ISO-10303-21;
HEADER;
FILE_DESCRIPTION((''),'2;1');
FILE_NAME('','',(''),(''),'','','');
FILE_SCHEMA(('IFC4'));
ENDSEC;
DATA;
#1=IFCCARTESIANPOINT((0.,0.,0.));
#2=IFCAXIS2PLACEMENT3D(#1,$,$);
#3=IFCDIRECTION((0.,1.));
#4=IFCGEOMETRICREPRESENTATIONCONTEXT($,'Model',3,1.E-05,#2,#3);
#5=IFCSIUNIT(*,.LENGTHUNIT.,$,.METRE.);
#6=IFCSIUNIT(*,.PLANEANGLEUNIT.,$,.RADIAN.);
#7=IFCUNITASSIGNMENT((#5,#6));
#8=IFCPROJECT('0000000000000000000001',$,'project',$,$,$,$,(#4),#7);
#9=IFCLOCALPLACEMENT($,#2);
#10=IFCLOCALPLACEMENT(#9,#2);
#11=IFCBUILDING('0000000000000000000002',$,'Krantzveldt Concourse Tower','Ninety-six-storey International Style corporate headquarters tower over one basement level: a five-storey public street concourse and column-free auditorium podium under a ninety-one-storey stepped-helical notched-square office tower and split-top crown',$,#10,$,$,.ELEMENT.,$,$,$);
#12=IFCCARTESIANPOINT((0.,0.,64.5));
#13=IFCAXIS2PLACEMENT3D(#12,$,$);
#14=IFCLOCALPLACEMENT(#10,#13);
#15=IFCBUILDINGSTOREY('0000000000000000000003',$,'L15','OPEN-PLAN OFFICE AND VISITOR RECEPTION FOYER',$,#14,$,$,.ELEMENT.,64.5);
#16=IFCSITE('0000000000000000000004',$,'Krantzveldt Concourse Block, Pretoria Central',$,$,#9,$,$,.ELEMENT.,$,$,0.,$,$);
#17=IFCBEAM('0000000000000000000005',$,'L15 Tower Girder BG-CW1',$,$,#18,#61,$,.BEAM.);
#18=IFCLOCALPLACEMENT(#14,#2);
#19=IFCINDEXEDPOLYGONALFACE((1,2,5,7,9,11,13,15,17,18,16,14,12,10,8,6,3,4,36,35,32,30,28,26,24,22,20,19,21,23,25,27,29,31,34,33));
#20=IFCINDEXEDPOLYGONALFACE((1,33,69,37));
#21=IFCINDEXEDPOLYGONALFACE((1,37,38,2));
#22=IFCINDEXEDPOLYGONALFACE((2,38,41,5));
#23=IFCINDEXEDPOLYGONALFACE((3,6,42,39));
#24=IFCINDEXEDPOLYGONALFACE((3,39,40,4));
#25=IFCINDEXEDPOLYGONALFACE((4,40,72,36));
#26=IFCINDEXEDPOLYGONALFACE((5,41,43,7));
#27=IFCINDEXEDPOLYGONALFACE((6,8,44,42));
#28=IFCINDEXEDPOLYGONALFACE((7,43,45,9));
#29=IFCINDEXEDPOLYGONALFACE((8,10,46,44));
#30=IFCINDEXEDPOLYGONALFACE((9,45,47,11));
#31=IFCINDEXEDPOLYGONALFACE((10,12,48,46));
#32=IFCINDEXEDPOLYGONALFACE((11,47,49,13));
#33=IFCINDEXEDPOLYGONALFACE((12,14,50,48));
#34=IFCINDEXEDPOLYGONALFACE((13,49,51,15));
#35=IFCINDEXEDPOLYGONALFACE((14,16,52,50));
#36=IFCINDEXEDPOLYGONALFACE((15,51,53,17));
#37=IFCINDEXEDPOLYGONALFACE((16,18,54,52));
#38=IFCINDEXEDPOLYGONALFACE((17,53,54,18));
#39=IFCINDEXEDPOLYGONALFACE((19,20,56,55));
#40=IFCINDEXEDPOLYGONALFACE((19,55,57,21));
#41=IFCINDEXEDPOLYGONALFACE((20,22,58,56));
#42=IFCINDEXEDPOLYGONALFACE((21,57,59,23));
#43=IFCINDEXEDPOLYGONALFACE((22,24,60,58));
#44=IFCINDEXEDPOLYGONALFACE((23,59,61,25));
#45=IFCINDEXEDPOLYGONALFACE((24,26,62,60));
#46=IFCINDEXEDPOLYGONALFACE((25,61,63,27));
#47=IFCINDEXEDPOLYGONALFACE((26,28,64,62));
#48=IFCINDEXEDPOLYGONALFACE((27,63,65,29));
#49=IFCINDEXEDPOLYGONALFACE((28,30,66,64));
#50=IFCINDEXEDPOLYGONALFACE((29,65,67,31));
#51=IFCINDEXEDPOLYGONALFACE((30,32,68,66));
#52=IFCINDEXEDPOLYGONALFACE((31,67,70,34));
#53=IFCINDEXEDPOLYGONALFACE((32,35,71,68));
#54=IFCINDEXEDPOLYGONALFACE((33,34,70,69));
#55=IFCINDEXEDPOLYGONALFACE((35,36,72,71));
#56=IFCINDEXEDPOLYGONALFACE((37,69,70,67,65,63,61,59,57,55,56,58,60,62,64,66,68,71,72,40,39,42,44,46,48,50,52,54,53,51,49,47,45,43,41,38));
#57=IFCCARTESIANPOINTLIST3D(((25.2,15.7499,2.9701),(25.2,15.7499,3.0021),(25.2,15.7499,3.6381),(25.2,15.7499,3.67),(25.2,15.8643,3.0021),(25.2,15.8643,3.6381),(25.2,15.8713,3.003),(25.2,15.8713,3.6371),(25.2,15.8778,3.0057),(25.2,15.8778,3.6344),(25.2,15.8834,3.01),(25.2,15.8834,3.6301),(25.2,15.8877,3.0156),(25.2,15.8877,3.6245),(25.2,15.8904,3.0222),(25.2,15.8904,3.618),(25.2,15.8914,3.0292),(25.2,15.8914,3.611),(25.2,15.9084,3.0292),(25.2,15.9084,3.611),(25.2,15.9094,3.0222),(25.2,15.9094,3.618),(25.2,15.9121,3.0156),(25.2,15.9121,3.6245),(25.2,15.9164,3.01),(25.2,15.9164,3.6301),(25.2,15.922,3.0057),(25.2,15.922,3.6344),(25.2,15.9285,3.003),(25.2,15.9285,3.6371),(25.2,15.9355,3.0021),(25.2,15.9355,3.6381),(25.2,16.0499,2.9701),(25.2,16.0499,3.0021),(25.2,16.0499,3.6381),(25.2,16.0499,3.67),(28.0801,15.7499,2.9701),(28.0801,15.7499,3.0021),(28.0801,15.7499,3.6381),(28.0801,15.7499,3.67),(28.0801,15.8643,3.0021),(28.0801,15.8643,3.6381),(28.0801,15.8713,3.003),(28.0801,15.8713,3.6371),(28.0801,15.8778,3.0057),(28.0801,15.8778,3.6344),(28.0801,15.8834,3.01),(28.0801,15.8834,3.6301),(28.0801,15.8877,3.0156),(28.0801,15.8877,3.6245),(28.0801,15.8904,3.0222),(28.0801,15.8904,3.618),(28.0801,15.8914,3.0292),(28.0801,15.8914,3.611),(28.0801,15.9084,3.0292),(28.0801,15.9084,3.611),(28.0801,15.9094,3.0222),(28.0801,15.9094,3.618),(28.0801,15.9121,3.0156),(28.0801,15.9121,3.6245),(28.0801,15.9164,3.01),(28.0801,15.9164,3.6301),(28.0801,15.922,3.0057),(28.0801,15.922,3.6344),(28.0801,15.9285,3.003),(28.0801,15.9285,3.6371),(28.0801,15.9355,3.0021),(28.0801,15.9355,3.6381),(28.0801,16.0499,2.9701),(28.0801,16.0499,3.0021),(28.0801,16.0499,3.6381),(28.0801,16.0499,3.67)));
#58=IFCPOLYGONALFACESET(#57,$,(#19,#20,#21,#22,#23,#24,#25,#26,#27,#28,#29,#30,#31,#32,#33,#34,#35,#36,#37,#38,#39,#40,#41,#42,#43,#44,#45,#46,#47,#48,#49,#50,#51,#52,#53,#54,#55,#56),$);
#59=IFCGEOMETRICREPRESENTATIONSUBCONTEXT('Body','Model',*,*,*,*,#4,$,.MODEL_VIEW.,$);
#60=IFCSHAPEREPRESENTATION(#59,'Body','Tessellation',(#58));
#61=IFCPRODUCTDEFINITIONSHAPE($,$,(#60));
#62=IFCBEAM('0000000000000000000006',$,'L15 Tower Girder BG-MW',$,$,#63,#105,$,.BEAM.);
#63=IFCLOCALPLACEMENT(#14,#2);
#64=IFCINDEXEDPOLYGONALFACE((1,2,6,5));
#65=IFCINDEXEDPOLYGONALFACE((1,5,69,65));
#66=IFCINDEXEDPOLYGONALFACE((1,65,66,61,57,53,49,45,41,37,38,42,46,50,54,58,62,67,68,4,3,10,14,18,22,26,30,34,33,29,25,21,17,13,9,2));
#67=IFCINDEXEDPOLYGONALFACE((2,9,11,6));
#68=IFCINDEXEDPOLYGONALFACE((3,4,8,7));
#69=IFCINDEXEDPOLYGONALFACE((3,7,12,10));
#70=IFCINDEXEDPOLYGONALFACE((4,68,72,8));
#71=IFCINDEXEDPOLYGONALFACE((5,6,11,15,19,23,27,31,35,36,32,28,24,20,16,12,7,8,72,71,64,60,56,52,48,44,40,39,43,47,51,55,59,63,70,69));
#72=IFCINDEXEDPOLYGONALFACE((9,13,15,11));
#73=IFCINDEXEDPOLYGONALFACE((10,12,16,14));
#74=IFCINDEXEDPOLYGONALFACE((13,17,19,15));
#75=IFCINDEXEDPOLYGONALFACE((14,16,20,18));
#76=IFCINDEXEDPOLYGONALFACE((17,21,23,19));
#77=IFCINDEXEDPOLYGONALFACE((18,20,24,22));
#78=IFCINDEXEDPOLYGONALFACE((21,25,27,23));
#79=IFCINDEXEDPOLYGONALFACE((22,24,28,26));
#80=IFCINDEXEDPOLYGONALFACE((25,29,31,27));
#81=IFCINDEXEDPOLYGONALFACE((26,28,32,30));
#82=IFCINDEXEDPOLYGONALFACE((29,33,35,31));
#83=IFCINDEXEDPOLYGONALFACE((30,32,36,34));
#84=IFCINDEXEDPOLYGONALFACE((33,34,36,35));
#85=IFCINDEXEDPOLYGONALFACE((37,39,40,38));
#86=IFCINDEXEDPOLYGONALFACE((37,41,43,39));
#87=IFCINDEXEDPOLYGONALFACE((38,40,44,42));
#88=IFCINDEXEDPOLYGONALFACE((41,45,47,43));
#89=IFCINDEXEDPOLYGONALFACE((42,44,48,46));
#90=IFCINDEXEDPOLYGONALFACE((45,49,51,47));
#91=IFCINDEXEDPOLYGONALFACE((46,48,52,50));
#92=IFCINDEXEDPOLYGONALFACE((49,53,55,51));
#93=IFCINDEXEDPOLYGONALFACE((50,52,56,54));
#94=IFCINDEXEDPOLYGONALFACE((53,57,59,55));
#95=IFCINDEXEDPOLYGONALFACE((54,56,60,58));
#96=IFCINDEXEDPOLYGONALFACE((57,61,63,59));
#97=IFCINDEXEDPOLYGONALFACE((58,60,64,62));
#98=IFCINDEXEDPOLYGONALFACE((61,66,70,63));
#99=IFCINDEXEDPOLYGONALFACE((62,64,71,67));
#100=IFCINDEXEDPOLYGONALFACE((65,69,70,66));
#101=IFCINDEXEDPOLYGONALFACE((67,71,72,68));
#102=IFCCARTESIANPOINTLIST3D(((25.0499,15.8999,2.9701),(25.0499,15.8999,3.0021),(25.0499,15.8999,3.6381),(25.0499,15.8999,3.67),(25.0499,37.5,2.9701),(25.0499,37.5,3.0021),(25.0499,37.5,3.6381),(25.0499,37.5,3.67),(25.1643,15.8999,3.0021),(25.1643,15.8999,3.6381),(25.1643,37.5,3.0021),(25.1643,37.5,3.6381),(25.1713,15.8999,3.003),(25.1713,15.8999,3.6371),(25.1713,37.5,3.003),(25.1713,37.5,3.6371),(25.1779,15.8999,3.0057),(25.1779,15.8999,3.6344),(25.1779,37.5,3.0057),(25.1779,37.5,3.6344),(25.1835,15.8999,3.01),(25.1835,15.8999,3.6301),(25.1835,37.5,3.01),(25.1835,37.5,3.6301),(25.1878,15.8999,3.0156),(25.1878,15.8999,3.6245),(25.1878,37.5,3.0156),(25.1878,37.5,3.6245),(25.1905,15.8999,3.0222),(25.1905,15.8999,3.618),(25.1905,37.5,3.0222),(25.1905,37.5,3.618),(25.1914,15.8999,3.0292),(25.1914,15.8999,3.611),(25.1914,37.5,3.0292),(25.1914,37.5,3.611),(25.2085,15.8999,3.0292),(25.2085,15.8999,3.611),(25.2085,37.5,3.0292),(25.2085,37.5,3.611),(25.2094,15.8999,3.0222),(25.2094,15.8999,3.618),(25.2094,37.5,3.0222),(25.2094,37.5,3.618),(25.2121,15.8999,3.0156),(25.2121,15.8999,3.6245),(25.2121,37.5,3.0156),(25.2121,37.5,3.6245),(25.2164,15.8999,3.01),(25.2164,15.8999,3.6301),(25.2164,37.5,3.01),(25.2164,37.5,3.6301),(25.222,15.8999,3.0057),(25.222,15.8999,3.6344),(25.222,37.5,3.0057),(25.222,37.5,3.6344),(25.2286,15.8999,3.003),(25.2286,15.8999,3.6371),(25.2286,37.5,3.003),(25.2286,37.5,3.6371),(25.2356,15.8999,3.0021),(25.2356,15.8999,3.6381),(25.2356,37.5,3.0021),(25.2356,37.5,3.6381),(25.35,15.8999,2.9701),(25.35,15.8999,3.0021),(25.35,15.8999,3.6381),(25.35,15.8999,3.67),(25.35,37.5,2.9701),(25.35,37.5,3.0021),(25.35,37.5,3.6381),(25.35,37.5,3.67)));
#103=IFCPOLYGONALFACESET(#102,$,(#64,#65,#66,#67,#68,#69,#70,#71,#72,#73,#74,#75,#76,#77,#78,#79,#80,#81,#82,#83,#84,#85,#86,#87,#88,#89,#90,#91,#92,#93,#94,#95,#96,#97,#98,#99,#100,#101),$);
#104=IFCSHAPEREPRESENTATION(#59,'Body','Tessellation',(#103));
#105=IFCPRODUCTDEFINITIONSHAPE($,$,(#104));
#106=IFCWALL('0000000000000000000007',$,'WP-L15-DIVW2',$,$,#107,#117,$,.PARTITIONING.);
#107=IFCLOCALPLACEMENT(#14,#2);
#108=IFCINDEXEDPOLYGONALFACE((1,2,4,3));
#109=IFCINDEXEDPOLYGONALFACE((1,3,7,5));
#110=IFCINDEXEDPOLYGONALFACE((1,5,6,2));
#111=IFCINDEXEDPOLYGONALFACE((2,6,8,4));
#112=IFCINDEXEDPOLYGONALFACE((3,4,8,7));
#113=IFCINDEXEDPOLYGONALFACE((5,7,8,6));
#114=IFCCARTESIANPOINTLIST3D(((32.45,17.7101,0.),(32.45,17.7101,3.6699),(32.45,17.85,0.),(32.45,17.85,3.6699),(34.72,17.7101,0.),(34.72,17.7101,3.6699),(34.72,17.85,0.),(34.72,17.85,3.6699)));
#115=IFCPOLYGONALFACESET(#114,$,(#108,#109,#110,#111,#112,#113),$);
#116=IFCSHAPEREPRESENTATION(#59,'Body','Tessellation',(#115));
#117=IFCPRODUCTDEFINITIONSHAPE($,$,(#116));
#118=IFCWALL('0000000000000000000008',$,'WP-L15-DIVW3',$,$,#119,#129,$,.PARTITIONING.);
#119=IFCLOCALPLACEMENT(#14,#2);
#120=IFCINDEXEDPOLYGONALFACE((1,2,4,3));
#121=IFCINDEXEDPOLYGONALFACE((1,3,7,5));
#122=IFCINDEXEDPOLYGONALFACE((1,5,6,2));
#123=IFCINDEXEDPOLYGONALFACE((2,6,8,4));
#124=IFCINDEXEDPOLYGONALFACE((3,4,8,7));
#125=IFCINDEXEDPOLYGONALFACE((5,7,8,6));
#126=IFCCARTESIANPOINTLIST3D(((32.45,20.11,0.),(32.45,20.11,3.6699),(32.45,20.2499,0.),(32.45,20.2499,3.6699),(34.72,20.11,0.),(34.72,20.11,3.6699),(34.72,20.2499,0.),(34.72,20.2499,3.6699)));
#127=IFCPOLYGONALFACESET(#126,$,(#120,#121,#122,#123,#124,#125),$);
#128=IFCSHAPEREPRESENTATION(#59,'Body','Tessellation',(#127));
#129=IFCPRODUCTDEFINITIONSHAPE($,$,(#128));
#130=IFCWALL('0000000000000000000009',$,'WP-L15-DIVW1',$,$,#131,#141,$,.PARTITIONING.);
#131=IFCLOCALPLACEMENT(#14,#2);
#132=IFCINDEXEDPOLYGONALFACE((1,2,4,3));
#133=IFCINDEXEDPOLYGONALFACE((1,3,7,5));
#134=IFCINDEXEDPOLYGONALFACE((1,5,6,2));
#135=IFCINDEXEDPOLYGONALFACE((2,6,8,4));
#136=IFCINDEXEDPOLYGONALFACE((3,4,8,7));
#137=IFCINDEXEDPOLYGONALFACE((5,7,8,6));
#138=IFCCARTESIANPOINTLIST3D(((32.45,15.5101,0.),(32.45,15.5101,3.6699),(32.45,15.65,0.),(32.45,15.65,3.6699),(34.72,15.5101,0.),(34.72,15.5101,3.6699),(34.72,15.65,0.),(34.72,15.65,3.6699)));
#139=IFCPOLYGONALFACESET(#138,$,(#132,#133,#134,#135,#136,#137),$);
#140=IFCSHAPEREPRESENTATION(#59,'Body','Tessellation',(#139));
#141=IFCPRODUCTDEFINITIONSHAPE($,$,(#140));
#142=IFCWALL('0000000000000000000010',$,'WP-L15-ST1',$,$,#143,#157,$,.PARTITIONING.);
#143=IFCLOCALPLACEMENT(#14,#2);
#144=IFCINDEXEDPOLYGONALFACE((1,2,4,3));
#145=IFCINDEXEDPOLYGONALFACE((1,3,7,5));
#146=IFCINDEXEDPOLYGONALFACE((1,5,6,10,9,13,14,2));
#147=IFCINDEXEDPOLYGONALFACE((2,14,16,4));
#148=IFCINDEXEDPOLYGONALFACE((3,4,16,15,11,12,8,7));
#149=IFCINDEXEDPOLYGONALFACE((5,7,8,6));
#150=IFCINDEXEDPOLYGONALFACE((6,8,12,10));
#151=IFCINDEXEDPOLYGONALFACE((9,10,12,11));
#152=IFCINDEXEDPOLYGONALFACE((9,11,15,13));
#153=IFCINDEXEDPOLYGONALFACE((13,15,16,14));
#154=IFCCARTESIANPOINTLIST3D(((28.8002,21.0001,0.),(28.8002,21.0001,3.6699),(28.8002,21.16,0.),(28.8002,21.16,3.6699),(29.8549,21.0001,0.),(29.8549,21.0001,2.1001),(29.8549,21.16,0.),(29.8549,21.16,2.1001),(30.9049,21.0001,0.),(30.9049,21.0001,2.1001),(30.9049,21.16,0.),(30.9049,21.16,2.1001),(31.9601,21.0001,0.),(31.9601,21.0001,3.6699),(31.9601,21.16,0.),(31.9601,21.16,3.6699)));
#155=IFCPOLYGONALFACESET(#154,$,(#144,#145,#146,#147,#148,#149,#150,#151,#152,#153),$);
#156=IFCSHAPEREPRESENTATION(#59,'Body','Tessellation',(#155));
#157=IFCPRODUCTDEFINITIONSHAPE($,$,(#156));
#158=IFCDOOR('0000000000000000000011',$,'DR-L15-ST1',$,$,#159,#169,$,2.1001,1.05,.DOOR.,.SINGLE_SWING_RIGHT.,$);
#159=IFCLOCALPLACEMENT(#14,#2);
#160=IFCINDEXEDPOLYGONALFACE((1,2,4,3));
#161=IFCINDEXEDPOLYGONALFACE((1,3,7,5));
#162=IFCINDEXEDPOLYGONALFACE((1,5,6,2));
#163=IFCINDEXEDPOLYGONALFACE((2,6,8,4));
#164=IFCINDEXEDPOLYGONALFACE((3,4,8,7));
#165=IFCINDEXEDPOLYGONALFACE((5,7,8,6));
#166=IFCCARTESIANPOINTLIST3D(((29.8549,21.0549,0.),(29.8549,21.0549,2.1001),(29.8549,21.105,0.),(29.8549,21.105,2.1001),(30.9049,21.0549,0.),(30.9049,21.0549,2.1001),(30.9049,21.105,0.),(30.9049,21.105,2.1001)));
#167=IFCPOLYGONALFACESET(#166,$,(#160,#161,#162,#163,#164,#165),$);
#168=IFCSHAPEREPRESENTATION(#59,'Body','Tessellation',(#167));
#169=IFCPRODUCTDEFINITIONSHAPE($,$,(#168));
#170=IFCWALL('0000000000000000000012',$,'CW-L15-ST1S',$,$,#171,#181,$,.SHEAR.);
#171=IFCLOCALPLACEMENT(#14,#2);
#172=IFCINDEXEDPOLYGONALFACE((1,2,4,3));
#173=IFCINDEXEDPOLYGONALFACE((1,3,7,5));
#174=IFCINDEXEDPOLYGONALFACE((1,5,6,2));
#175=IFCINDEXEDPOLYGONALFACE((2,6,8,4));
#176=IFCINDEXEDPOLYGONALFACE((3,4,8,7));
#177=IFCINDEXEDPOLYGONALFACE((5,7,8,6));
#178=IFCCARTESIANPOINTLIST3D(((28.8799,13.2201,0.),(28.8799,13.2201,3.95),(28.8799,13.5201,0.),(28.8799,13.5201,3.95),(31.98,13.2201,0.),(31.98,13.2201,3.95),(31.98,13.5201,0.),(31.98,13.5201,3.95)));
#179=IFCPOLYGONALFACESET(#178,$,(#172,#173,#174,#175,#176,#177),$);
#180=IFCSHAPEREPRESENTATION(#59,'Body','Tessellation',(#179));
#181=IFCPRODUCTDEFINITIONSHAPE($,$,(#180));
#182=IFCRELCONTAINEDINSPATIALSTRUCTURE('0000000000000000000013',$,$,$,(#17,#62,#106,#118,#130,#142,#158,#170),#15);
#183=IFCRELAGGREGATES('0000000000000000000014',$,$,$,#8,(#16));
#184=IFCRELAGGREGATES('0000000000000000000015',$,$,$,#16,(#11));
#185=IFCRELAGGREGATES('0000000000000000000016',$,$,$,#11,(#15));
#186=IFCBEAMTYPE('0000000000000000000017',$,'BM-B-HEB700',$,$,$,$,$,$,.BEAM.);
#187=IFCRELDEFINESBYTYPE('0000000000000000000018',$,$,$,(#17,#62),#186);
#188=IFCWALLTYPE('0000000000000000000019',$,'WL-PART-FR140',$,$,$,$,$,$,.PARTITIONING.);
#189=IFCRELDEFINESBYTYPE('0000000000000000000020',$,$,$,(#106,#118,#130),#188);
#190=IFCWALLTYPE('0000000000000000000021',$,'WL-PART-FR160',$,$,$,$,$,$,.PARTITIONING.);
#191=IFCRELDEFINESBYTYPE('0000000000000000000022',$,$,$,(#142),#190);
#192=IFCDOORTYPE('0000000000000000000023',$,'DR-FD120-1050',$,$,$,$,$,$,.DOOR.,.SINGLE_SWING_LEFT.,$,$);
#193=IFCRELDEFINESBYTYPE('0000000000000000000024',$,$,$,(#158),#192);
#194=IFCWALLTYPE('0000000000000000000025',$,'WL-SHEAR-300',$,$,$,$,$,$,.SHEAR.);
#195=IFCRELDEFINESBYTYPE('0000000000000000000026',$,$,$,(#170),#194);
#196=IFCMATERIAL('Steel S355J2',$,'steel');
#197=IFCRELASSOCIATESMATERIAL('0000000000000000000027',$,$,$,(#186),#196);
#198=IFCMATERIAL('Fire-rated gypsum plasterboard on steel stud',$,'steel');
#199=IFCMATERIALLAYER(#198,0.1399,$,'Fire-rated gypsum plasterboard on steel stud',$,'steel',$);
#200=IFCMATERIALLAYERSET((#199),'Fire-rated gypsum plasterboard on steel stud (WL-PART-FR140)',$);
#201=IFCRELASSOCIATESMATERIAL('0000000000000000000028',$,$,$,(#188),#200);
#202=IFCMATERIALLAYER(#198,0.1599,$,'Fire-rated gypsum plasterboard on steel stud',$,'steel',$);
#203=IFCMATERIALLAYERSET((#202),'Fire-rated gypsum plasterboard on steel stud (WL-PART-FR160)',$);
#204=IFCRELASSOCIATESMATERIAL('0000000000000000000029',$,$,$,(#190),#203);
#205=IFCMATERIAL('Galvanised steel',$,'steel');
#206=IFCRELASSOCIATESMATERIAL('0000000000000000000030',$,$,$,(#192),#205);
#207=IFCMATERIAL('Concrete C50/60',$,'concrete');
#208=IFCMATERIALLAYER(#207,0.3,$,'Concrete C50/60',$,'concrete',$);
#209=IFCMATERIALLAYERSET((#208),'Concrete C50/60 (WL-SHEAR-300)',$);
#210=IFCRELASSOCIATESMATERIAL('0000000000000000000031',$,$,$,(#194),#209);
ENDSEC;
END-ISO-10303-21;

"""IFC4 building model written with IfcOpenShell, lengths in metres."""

from ifc_helpers import new_model, si_unit, direction, frame, frame_2d, origin, origin_2d, place, context, subcontext, project, spatial, rectangle, i_section, extrude, source, transform, mapped, material, layer, layer_set, material_profile, profile_set, type_object, type_shapes, element, fill, save


model = new_model("IFC4")

# Units and contexts
model_context = context("Model", 3, precision=1e-05, world=origin(), true_north=direction((0.0, 1.0)))
body_context = subcontext(model_context, "Body", "Model", "MODEL_VIEW")
ifc_project = project(units=[si_unit("LENGTHUNIT", "METRE"), si_unit("PLANEANGLEUNIT", "RADIAN")], contexts=[model_context])

# Site, building, storey
site_placement = place(None, origin())
site = spatial("IfcSite", under=ifc_project, at=site_placement, Name="Krantzveldt Concourse Block, Pretoria Central", CompositionType="ELEMENT", RefElevation=0.0)
building_placement = place(site_placement, origin())
building = spatial("IfcBuilding", under=site, at=building_placement, Name="Krantzveldt Concourse Tower", Description="Ninety-six-storey International Style corporate headquarters tower over one basement level: a five-storey public street concourse and column-free auditorium podium under a ninety-one-storey stepped-helical notched-square office tower and split-top crown", CompositionType="ELEMENT")
storey_placement = place(building_placement, frame((0.0, 0.0, 64.5)))
storey = spatial("IfcBuildingStorey", under=building, at=storey_placement, Name="L15", Description="OPEN-PLAN OFFICE AND VISITOR RECEPTION FOYER", CompositionType="ELEMENT", Elevation=64.5)

# Beams
ifc_material_1 = material(Name="Steel S355J2", Category="steel")
ifc_material_profile = material_profile(ifc_material_1, i_section(OverallWidth=0.3, OverallDepth=0.7, WebThickness=0.0171, FlangeThickness=0.032, FilletRadius=0.0271, at=origin_2d()), Name="Steel S355J2", Category="steel")
ifc_profile_set = profile_set([ifc_material_profile], Name="Steel S355J2 - HEB 700")
beam_type = type_object("IfcBeamType", Name="BM-B-HEB700", PredefinedType="BEAM", material=ifc_profile_set)
shared_shape_1 = source(origin(), body_context, "Body", "SweptSolid", [
    extrude(i_section(OverallWidth=0.3, OverallDepth=0.7, WebThickness=0.0171, FlangeThickness=0.032, FilletRadius=0.0271, at=origin_2d()), origin(), (0.0, 0.0, 1.0), 2.8801),
])
beam_1_placement = place(storey_placement, frame((25.2, 15.8999, 3.3201), z_axis=(1.0, 0.0, 0.0), x_axis=(0.0, 1.0, 0.0)))
element("IfcBeam", 1, at=beam_1_placement, inside=storey, type_object=beam_type, Name="L15 Tower Girder BG-CW1", PredefinedType="BEAM", context=body_context, shape_type="MappedRepresentation", body=[
    mapped(shared_shape_1, transform((0.0, 0.0, 0.0), x_axis=(1.0, 0.0, 0.0), y_axis=(0.0, 1.0, 0.0), z_axis=(0.0, 0.0, 1.0), scale=1.0)),
])
shared_shape_2 = source(origin(), body_context, "Body", "SweptSolid", [
    extrude(i_section(OverallWidth=0.3, OverallDepth=0.7, WebThickness=0.0171, FlangeThickness=0.032, FilletRadius=0.0271, at=origin_2d()), origin(), (0.0, 0.0, 1.0), 21.6001),
])
type_shapes(beam_type, [shared_shape_1, shared_shape_2])
beam_2_placement = place(storey_placement, frame((25.2, 15.8999, 3.3201), z_axis=(0.0, 1.0, 0.0), x_axis=(-1.0, 0.0, 0.0)))
element("IfcBeam", 2, at=beam_2_placement, inside=storey, type_object=beam_type, Name="L15 Tower Girder BG-MW", PredefinedType="BEAM", context=body_context, shape_type="MappedRepresentation", body=[
    mapped(shared_shape_2, transform((0.0, 0.0, 0.0), x_axis=(1.0, 0.0, 0.0), y_axis=(0.0, 1.0, 0.0), z_axis=(0.0, 0.0, 1.0), scale=1.0)),
])

# Walls
ifc_material_2 = material(Name="Fire-rated gypsum plasterboard on steel stud", Category="steel")
ifc_layer_1 = layer(ifc_material_2, 0.1399, Name="Fire-rated gypsum plasterboard on steel stud", Category="steel")
ifc_layer_set_1 = layer_set([ifc_layer_1], Name="Fire-rated gypsum plasterboard on steel stud (WL-PART-FR140)")
wall_type_1 = type_object("IfcWallType", Name="WL-PART-FR140", PredefinedType="PARTITIONING", material=ifc_layer_set_1)
for number, where, z_axis, x_axis, name in (
    (3, (32.45, 17.78, 0.0), (0.0, 0.0, 1.0), (1.0, 0.0, 0.0), "WP-L15-DIVW2"),
    (4, (32.45, 20.1799, 0.0), (0.0, 0.0, 1.0), (1.0, 0.0, 0.0), "WP-L15-DIVW3"),
    (5, (32.45, 15.5801, 0.0), (0.0, 0.0, 1.0), (1.0, 0.0, 0.0), "WP-L15-DIVW1"),
):
    element("IfcWall", number, at=place(storey_placement, frame(where, z_axis=z_axis, x_axis=x_axis)), inside=storey, type_object=wall_type_1, Name=name, PredefinedType="PARTITIONING", context=body_context, shape_type="SweptSolid", body=[
        extrude(rectangle(XDim=2.27, YDim=0.1399, at=frame_2d((1.135, 0.0))), origin(), (0.0, 0.0, 1.0), 3.6699),
    ])

# Wall, opening, door
ifc_layer_2 = layer(ifc_material_2, 0.1599, Name="Fire-rated gypsum plasterboard on steel stud", Category="steel")
ifc_layer_set_2 = layer_set([ifc_layer_2], Name="Fire-rated gypsum plasterboard on steel stud (WL-PART-FR160)")
wall_type_2 = type_object("IfcWallType", Name="WL-PART-FR160", PredefinedType="PARTITIONING", material=ifc_layer_set_2)
wall_1_placement = place(storey_placement, frame((28.8, 21.0801, 0.0), z_axis=(0.0, 0.0, 1.0), x_axis=(1.0, 0.0, 0.0)))
wall_1 = element("IfcWall", 6, at=wall_1_placement, inside=storey, type_object=wall_type_2, Name="WP-L15-ST1", PredefinedType="PARTITIONING", context=body_context, shape_type="SweptSolid", body=[
    extrude(rectangle(XDim=3.1599, YDim=0.1599, at=frame_2d((1.5801, 0.0))), origin(), (0.0, 0.0, 1.0), 3.6699),
])
opening_placement = place(wall_1_placement, frame((1.0549, 0.0, 0.0)))
opening = element("IfcOpeningElement", 7, at=opening_placement, cuts=wall_1, PredefinedType="OPENING", context=body_context, shape_type="SweptSolid", body=[
    extrude(rectangle(XDim=1.05, YDim=2.1001, at=frame_2d((0.5249, 1.05))), frame((0.0, 0.0898, 0.0), z_axis=(0.0, -1.0, 0.0), x_axis=(1.0, 0.0, 0.0)), (0.0, 0.0, 1.0), 0.1799),
])
ifc_material_3 = material(Name="Galvanised steel", Category="steel")
door_type = type_object("IfcDoorType", Name="DR-FD120-1050", OperationType="SINGLE_SWING_LEFT", PredefinedType="DOOR", material=ifc_material_3)
door_placement = place(opening_placement, origin())
door = element("IfcDoor", 8, at=door_placement, inside=storey, type_object=door_type, Name="DR-L15-ST1", OperationType="SINGLE_SWING_RIGHT", OverallHeight=2.1001, OverallWidth=1.05, PredefinedType="DOOR", context=body_context, shape_type="SweptSolid", body=[
    extrude(rectangle(XDim=1.05, YDim=2.1001, at=frame_2d((0.5249, 1.05))), frame((0.0, 0.0249, 0.0), z_axis=(0.0, -1.0, 0.0), x_axis=(1.0, 0.0, 0.0)), (0.0, 0.0, 1.0), 0.05),
])
fill(opening, door)

# Wall
ifc_material_4 = material(Name="Concrete C50/60", Category="concrete")
ifc_layer_3 = layer(ifc_material_4, 0.3, Name="Concrete C50/60", Category="concrete")
ifc_layer_set_3 = layer_set([ifc_layer_3], Name="Concrete C50/60 (WL-SHEAR-300)")
wall_type_3 = type_object("IfcWallType", Name="WL-SHEAR-300", PredefinedType="SHEAR", material=ifc_layer_set_3)
wall_2_placement = place(storey_placement, frame((28.8799, 13.3701, 0.0), z_axis=(0.0, 0.0, 1.0), x_axis=(1.0, 0.0, 0.0)))
element("IfcWall", 9, at=wall_2_placement, inside=storey, type_object=wall_type_3, Name="CW-L15-ST1S", PredefinedType="SHEAR", context=body_context, shape_type="SweptSolid", body=[
    extrude(rectangle(XDim=3.1001, YDim=0.3, at=frame_2d((1.55, 0.0))), origin(), (0.0, 0.0, 1.0), 3.95),
])

save(model, "model.ifc")
